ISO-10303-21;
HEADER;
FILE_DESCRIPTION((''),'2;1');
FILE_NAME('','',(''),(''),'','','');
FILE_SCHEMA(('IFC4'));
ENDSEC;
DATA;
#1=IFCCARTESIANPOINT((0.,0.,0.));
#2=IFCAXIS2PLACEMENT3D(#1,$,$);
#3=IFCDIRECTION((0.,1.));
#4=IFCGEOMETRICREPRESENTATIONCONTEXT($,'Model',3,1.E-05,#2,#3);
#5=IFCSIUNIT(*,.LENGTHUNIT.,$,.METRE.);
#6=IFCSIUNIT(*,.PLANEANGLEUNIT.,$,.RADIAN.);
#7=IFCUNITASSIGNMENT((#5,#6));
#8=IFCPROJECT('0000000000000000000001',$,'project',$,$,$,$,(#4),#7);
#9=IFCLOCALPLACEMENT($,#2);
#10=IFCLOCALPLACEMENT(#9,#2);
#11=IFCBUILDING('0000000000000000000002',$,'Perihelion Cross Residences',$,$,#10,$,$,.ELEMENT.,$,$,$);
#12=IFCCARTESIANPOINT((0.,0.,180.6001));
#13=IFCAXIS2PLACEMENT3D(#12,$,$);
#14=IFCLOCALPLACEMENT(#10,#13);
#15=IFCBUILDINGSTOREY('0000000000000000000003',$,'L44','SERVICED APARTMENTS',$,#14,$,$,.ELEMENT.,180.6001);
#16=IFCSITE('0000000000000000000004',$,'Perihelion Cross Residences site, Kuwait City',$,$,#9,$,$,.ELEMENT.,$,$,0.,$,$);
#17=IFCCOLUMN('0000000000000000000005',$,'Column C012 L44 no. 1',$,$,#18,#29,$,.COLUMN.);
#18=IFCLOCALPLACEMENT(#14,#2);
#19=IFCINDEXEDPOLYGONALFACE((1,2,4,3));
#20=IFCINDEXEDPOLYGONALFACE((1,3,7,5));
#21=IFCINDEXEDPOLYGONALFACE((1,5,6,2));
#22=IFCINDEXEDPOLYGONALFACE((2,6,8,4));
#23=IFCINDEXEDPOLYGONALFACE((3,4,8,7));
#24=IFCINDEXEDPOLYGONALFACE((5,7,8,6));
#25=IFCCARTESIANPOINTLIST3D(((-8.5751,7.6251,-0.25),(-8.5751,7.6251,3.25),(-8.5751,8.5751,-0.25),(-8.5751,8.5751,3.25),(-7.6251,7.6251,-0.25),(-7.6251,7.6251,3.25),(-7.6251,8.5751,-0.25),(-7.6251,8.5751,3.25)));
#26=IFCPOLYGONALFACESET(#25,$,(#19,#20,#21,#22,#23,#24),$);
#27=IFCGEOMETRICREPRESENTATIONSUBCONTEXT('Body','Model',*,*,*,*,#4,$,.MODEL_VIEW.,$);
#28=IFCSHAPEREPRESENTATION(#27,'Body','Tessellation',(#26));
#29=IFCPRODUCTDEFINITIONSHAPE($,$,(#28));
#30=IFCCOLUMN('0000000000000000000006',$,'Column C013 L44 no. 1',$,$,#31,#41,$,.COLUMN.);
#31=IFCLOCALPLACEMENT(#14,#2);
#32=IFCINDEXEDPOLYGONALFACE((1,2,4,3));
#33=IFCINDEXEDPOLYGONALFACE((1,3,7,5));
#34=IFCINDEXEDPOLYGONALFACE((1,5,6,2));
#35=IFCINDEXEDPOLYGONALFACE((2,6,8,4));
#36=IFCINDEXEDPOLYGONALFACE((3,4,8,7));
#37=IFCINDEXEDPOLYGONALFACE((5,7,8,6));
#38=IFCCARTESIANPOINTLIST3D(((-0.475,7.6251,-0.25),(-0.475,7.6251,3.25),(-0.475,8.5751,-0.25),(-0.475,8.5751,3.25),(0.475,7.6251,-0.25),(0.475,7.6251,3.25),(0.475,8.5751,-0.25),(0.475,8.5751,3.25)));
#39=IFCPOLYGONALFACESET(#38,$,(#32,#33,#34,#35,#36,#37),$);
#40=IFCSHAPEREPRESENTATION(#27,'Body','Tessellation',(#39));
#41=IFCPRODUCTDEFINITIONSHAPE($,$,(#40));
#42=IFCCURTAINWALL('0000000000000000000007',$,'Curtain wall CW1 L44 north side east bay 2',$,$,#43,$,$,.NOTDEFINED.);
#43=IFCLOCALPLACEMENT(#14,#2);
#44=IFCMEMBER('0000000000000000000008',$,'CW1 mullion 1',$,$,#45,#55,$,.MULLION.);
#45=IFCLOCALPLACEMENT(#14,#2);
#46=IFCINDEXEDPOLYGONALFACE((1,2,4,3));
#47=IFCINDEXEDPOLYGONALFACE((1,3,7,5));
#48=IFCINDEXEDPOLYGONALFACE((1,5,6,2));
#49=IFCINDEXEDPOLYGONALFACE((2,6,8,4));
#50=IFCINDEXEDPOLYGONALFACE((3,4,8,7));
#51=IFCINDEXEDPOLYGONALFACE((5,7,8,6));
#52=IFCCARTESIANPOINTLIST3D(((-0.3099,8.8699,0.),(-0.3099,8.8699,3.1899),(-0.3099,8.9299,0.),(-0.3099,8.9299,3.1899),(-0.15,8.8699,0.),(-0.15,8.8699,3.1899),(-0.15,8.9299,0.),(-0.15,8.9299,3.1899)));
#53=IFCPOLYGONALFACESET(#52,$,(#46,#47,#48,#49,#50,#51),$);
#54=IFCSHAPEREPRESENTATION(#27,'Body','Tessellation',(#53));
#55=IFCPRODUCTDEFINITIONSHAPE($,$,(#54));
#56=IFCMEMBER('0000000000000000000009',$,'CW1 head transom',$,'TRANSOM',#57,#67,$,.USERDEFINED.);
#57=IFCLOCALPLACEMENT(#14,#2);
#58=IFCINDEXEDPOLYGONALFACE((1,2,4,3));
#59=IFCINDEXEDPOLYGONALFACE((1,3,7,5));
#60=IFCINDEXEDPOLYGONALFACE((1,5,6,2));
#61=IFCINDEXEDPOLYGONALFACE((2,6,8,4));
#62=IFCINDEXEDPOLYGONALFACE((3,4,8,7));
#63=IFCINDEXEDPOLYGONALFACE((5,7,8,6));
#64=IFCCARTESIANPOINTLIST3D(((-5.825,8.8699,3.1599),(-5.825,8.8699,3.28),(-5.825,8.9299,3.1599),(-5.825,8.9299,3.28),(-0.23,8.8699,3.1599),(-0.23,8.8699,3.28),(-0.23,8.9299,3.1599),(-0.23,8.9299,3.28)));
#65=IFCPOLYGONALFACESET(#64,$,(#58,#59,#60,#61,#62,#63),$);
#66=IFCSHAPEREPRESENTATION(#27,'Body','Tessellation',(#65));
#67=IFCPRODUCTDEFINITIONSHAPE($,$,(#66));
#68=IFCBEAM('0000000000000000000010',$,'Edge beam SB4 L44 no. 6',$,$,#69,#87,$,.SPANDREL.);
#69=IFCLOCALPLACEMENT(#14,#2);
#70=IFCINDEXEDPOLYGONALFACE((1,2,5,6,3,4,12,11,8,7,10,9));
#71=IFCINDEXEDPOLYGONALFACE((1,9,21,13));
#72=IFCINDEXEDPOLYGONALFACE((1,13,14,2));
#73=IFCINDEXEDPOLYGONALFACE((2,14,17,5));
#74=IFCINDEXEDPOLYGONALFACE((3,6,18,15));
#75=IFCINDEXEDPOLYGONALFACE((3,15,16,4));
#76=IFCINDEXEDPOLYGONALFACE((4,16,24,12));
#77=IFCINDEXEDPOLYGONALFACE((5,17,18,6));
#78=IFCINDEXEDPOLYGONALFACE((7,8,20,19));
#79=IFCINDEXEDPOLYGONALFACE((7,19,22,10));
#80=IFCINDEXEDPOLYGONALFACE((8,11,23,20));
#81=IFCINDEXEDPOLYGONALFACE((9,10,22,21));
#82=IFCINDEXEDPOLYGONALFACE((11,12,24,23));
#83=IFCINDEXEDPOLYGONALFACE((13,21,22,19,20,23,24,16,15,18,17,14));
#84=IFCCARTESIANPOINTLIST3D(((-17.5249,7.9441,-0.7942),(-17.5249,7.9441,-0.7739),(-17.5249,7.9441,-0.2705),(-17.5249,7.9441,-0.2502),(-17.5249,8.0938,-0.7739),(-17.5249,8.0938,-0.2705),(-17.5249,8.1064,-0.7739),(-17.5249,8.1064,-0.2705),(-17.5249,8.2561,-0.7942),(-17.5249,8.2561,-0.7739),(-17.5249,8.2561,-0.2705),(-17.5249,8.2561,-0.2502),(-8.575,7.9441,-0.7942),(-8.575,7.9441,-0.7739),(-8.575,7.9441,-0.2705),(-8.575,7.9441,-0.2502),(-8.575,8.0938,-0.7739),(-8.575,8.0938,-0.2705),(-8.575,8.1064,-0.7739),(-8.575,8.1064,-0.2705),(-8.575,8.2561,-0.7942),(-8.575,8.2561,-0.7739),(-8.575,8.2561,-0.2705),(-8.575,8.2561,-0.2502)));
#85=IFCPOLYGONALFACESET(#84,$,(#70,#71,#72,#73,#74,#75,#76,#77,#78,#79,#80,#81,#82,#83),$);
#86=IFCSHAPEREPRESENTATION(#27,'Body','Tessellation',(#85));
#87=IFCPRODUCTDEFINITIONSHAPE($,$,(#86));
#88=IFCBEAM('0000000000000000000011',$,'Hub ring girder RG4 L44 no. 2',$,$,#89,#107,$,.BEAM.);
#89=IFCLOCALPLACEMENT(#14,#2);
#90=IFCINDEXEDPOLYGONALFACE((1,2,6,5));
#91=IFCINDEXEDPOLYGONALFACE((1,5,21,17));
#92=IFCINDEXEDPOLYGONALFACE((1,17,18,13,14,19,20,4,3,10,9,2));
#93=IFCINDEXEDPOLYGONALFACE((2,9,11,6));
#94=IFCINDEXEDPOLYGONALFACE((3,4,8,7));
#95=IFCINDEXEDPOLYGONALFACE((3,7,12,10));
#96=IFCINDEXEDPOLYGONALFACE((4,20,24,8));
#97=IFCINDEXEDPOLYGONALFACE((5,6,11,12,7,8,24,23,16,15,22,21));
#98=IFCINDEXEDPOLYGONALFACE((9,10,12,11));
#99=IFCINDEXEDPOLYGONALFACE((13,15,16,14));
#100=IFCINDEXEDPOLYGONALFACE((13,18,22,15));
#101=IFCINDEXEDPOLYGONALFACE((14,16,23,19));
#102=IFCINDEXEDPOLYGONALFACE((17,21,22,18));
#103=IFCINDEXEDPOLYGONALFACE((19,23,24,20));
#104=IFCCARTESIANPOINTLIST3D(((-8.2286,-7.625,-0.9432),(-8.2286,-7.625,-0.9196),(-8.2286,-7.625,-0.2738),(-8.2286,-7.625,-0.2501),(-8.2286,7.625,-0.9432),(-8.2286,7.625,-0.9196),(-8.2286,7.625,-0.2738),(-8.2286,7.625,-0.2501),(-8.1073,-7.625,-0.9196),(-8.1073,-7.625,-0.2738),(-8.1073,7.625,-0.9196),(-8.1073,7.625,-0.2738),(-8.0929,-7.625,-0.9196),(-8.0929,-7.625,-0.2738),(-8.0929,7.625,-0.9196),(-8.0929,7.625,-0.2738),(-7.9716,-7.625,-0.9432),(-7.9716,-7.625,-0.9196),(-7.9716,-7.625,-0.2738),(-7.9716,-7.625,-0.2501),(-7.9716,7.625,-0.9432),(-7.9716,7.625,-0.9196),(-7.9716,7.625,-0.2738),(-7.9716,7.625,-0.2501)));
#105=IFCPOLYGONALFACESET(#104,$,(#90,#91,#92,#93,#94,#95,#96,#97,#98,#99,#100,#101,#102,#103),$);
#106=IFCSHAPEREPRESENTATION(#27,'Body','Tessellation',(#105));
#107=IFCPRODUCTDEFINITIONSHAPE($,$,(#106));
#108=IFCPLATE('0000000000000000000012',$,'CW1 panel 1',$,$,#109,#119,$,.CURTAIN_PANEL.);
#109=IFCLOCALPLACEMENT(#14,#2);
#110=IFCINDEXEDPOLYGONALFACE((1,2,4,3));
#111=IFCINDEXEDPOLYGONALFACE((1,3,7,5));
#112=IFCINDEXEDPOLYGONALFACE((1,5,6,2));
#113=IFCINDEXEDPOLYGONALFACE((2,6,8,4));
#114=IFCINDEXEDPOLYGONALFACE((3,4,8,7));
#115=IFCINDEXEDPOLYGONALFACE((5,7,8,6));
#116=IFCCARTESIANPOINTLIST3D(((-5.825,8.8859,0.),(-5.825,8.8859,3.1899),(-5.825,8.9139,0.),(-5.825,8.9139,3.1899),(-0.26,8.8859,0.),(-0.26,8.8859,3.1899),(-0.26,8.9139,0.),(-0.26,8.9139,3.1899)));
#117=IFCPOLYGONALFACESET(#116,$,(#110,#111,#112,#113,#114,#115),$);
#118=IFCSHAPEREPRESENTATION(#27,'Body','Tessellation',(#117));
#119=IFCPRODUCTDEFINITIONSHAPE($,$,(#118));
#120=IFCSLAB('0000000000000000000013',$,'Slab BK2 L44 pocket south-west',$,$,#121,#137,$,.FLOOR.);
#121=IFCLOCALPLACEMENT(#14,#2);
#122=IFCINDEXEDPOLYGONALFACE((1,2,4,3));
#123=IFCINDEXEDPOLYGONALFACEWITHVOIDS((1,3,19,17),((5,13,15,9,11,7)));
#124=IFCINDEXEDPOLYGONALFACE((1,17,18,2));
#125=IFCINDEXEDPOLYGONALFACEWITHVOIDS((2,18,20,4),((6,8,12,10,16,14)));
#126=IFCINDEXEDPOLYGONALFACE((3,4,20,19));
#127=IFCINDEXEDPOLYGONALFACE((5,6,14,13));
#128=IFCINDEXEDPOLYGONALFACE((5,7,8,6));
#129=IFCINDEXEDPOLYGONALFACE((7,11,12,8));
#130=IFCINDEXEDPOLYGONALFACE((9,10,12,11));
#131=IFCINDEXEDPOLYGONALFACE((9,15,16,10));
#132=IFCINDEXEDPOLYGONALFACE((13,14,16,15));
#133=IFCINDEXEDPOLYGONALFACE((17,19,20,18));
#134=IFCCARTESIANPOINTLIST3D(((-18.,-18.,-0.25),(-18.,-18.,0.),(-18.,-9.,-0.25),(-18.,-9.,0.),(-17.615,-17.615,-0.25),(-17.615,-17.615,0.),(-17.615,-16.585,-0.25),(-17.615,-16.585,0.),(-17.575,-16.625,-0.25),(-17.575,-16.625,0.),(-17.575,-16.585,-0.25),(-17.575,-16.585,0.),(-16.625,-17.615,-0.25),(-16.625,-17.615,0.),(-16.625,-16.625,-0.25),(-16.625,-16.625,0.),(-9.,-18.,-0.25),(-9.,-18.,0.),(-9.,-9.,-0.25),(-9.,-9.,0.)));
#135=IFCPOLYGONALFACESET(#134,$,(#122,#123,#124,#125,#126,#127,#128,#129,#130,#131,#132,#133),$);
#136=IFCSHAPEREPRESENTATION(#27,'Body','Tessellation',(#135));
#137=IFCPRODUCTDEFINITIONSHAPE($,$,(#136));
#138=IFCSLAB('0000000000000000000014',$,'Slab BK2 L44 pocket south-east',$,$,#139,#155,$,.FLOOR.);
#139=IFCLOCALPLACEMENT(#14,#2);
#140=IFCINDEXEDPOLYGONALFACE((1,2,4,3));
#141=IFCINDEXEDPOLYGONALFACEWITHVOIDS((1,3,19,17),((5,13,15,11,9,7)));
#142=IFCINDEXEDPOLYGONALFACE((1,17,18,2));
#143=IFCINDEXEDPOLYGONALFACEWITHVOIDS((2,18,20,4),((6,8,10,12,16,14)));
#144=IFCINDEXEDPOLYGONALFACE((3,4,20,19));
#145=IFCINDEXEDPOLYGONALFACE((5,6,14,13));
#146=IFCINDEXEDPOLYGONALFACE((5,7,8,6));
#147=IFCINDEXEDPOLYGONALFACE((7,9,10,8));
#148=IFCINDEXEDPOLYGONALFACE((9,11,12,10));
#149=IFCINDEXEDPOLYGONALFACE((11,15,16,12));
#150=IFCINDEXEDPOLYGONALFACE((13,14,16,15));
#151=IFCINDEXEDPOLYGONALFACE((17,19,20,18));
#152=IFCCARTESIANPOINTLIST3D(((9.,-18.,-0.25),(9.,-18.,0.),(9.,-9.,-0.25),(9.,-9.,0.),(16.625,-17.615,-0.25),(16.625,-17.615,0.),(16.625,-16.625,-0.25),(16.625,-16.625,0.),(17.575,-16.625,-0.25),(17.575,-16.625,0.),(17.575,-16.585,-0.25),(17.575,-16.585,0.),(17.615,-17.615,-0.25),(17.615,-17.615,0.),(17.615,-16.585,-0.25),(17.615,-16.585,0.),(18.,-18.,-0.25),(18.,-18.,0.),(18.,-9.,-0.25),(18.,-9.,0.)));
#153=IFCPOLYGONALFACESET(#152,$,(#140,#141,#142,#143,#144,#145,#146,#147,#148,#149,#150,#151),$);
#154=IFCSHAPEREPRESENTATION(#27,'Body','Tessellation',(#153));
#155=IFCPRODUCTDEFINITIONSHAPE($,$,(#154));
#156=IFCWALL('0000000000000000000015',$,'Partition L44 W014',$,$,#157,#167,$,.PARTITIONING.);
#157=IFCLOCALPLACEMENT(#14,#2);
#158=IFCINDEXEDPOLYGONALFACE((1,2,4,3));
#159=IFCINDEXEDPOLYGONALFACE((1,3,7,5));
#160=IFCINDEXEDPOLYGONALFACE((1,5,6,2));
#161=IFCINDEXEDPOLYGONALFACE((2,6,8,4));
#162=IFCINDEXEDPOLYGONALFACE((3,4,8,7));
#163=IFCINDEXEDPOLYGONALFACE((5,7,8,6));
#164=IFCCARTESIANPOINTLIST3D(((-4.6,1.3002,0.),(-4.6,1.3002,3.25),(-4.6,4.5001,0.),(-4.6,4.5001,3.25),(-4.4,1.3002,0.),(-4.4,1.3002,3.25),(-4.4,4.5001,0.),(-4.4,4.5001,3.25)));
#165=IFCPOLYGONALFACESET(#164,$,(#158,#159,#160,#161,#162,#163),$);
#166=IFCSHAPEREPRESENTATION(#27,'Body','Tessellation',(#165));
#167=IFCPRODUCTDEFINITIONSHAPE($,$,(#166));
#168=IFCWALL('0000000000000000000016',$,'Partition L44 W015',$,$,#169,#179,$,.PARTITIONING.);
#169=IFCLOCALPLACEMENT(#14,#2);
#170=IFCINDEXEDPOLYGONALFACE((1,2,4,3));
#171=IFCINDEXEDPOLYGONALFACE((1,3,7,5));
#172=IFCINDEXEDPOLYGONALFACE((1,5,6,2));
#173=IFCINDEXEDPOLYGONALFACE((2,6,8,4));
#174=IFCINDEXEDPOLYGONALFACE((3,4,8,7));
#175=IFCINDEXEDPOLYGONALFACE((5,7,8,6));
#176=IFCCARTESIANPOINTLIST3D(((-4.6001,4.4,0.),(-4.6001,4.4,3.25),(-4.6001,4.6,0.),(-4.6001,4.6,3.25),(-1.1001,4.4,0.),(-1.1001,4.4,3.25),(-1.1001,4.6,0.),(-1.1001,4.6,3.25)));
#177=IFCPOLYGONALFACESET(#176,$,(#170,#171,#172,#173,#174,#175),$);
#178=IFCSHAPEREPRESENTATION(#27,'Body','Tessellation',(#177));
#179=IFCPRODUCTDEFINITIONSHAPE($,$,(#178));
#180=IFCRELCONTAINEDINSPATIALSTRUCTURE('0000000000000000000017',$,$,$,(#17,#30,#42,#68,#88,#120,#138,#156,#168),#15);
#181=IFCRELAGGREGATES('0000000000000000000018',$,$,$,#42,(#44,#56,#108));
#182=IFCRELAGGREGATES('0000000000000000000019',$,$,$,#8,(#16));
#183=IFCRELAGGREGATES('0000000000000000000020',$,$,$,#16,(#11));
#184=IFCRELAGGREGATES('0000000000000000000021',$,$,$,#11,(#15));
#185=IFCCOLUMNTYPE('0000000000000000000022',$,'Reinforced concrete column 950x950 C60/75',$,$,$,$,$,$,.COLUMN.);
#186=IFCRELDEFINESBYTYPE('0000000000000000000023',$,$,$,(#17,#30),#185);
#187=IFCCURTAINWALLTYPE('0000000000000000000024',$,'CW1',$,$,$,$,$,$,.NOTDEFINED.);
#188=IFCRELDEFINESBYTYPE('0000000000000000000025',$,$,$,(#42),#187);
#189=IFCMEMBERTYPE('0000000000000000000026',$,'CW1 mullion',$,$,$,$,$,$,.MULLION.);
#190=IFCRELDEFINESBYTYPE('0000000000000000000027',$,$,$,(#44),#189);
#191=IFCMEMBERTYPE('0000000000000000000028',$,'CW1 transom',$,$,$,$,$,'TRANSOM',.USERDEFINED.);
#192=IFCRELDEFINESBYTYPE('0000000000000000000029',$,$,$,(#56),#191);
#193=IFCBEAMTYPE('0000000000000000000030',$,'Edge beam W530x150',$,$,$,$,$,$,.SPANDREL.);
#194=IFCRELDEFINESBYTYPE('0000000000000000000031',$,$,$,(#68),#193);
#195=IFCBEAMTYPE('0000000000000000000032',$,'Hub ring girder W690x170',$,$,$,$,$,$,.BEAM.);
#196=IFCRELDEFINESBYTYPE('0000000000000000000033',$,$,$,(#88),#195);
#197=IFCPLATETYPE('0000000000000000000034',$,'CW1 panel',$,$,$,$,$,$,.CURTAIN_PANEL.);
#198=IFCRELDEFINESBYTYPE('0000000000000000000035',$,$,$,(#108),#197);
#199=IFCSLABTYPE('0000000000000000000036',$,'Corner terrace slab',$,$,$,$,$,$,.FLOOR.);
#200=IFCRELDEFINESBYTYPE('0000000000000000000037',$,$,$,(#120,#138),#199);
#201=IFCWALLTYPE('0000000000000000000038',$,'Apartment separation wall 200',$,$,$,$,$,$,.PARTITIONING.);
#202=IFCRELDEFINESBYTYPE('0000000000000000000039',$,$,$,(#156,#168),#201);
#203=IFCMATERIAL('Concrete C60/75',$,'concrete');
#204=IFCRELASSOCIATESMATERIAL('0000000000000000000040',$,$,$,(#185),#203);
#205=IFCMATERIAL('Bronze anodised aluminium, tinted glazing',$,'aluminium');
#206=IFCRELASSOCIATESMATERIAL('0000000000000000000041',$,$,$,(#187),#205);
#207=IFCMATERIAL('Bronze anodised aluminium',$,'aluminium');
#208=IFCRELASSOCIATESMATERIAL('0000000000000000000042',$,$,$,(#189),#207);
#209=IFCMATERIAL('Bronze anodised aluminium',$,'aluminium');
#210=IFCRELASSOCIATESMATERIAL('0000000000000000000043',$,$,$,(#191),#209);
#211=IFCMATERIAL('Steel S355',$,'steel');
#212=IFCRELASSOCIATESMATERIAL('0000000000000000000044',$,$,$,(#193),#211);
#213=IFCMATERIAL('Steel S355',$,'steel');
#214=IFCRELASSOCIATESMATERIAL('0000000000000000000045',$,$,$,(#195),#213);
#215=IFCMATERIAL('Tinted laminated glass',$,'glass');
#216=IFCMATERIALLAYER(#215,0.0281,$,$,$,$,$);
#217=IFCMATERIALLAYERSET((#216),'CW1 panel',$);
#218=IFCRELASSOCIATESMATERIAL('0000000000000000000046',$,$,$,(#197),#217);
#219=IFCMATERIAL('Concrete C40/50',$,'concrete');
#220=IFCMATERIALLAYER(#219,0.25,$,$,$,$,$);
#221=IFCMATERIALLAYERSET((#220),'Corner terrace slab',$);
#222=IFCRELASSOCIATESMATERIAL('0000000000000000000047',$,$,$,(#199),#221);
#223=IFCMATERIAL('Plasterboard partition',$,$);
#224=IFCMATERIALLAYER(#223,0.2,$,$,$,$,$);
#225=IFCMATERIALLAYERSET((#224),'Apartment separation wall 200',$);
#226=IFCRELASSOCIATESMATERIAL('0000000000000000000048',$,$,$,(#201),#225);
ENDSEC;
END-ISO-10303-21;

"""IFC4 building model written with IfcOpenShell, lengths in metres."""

from ifc_helpers import new_model, si_unit, direction, frame, frame_2d, origin, origin_2d, place, context, subcontext, project, spatial, polyline, rectangle, i_section, outline, extrude, material, layer, layer_set, material_profile, profile_set, type_object, element, aggregate, save


model = new_model("IFC4")

# Units and contexts
model_context = context("Model", 3, precision=1e-05, world=origin(), true_north=direction((0.0, 1.0)))
body_context = subcontext(model_context, "Body", "Model", "MODEL_VIEW")
ifc_project = project(units=[si_unit("LENGTHUNIT", "METRE"), si_unit("PLANEANGLEUNIT", "RADIAN")], contexts=[model_context])

# Site, building, storey
site_placement = place(None, origin())
site = spatial("IfcSite", under=ifc_project, at=site_placement, Name="Perihelion Cross Residences site, Kuwait City", CompositionType="ELEMENT", RefElevation=0.0)
building_placement = place(site_placement, origin())
building = spatial("IfcBuilding", under=site, at=building_placement, Name="Perihelion Cross Residences", CompositionType="ELEMENT")
storey_placement = place(building_placement, frame((0.0, 0.0, 180.6001)))
storey = spatial("IfcBuildingStorey", under=building, at=storey_placement, Name="L44", Description="SERVICED APARTMENTS", CompositionType="ELEMENT", Elevation=180.6001)

# Columns
ifc_material_1 = material(Name="Concrete C60/75", Category="concrete")
ifc_material_profile_1 = material_profile(ifc_material_1, rectangle(XDim=0.95, YDim=0.95, at=origin_2d()), Name="RC 950x950")
ifc_profile_set_1 = profile_set([ifc_material_profile_1], Name="Concrete C60/75")
column_type = type_object("IfcColumnType", Name="Reinforced concrete column 950x950 C60/75", PredefinedType="COLUMN", material=ifc_profile_set_1)
for number, where, z_axis, x_axis, name in (
    (1, (-8.1001, 8.1001, -0.25), (0.0, 0.0, 1.0), (1.0, 0.0, 0.0), "Column C012 L44 no. 1"),
    (2, (0.0, 8.1001, -0.25), (0.0, 0.0, 1.0), (1.0, 0.0, 0.0), "Column C013 L44 no. 1"),
):
    element("IfcColumn", number, at=place(storey_placement, frame(where, z_axis=z_axis, x_axis=x_axis)), inside=storey, type_object=column_type, Name=name, PredefinedType="COLUMN", context=body_context, shape_type="SweptSolid", body=[
        extrude(rectangle(XDim=0.95, YDim=0.95, at=origin_2d()), origin(), (0.0, 0.0, 1.0), 3.5),
    ])

# Curtain wall, members
ifc_material_2 = material(Name="Bronze anodised aluminium, tinted glazing", Category="aluminium")
curtain_wall_type = type_object("IfcCurtainWallType", Name="CW1", PredefinedType="NOTDEFINED", material=ifc_material_2)
curtain_wall_placement = place(storey_placement, origin())
curtain_wall = element("IfcCurtainWall", 3, at=curtain_wall_placement, inside=storey, type_object=curtain_wall_type, Name="Curtain wall CW1 L44 north side east bay 2", PredefinedType="NOTDEFINED")
ifc_material_3 = material(Name="Bronze anodised aluminium", Category="aluminium")
ifc_material_profile_2 = material_profile(ifc_material_3, rectangle(XDim=0.0601, YDim=0.1599, at=origin_2d()), Name="CW1 mullion")
ifc_profile_set_2 = profile_set([ifc_material_profile_2], Name="Bronze anodised aluminium")
member_type_1 = type_object("IfcMemberType", Name="CW1 mullion", PredefinedType="MULLION", material=ifc_profile_set_2)
member_1_placement = place(storey_placement, frame((-0.23, 8.8999, 0.0), z_axis=(0.0, 0.0, 1.0), x_axis=(0.0, -1.0, 0.0)))
member_1 = element("IfcMember", 4, at=member_1_placement, type_object=member_type_1, Name="CW1 mullion 1", PredefinedType="MULLION", context=body_context, shape_type="SweptSolid", body=[
    extrude(rectangle(XDim=0.0601, YDim=0.1599, at=origin_2d()), origin(), (0.0, 0.0, 1.0), 3.1899),
])
ifc_material_4 = material(Name="Bronze anodised aluminium", Category="aluminium")
ifc_material_profile_3 = material_profile(ifc_material_4, rectangle(XDim=0.0601, YDim=0.1201, at=origin_2d()), Name="CW1 transom")
ifc_profile_set_3 = profile_set([ifc_material_profile_3], Name="Bronze anodised aluminium")
member_type_2 = type_object("IfcMemberType", Name="CW1 transom", ElementType="TRANSOM", PredefinedType="USERDEFINED", material=ifc_profile_set_3)
member_2_placement = place(storey_placement, frame((-0.23, 8.8999, 3.22), z_axis=(-1.0, 0.0, 0.0), x_axis=(0.0, -1.0, 0.0)))
member_2 = element("IfcMember", 5, at=member_2_placement, type_object=member_type_2, Name="CW1 head transom", ObjectType="TRANSOM", PredefinedType="USERDEFINED", context=body_context, shape_type="SweptSolid", body=[
    extrude(rectangle(XDim=0.0601, YDim=0.1201, at=origin_2d()), origin(), (0.0, 0.0, 1.0), 5.595),
])

# Beams
ifc_material_5 = material(Name="Steel S355", Category="steel")
ifc_material_profile_4 = material_profile(ifc_material_5, i_section(OverallWidth=0.312, OverallDepth=0.5439, WebThickness=0.0127, FlangeThickness=0.0203, at=origin_2d()), Name="W530x150")
ifc_profile_set_4 = profile_set([ifc_material_profile_4], Name="Steel S355")
beam_type_1 = type_object("IfcBeamType", Name="Edge beam W530x150", PredefinedType="SPANDREL", material=ifc_profile_set_4)
beam_1_placement = place(storey_placement, frame((-8.575, 8.1001, -0.5222), z_axis=(-1.0, 0.0, 0.0), x_axis=(0.0, -1.0, 0.0)))
element("IfcBeam", 6, at=beam_1_placement, inside=storey, type_object=beam_type_1, Name="Edge beam SB4 L44 no. 6", PredefinedType="SPANDREL", context=body_context, shape_type="SweptSolid", body=[
    extrude(i_section(OverallWidth=0.312, OverallDepth=0.5439, WebThickness=0.0127, FlangeThickness=0.0203, at=origin_2d()), origin(), (0.0, 0.0, 1.0), 8.95),
])
ifc_material_6 = material(Name="Steel S355", Category="steel")
ifc_material_profile_5 = material_profile(ifc_material_6, i_section(OverallWidth=0.2571, OverallDepth=0.6931, WebThickness=0.0144, FlangeThickness=0.0237, at=origin_2d()), Name="W690x170")
ifc_profile_set_5 = profile_set([ifc_material_profile_5], Name="Steel S355")
beam_type_2 = type_object("IfcBeamType", Name="Hub ring girder W690x170", PredefinedType="BEAM", material=ifc_profile_set_5)
beam_2_placement = place(storey_placement, frame((-8.1001, 7.625, -0.5967), z_axis=(0.0, -1.0, 0.0), x_axis=(1.0, 0.0, 0.0)))
element("IfcBeam", 7, at=beam_2_placement, inside=storey, type_object=beam_type_2, Name="Hub ring girder RG4 L44 no. 2", PredefinedType="BEAM", context=body_context, shape_type="SweptSolid", body=[
    extrude(i_section(OverallWidth=0.2571, OverallDepth=0.6931, WebThickness=0.0144, FlangeThickness=0.0237, at=origin_2d()), origin(), (0.0, 0.0, 1.0), 15.25),
])

# Plate
ifc_material_7 = material(Name="Tinted laminated glass", Category="glass")
ifc_layer_1 = layer(ifc_material_7, 0.0281)
ifc_layer_set_1 = layer_set([ifc_layer_1], Name="CW1 panel")
plate_type = type_object("IfcPlateType", Name="CW1 panel", PredefinedType="CURTAIN_PANEL", material=ifc_layer_set_1)
plate_placement = place(storey_placement, frame((-3.0425, 8.8999, 0.0), z_axis=(0.0, 0.0, 1.0), x_axis=(-1.0, 0.0, 0.0)))
plate = element("IfcPlate", 8, at=plate_placement, type_object=plate_type, Name="CW1 panel 1", PredefinedType="CURTAIN_PANEL", context=body_context, shape_type="SweptSolid", body=[
    extrude(rectangle(XDim=5.5649, YDim=0.0281, at=origin_2d()), origin(), (0.0, 0.0, 1.0), 3.1899),
])
aggregate(curtain_wall, [member_1, member_2, plate])

# Slabs
ifc_material_8 = material(Name="Concrete C40/50", Category="concrete")
ifc_layer_2 = layer(ifc_material_8, 0.25)
ifc_layer_set_2 = layer_set([ifc_layer_2], Name="Corner terrace slab")
slab_type = type_object("IfcSlabType", Name="Corner terrace slab", PredefinedType="FLOOR", material=ifc_layer_set_2)
slab_1_placement = place(storey_placement, frame((0.0, 0.0, -0.25)))
element("IfcSlab", 9, at=slab_1_placement, inside=storey, type_object=slab_type, Name="Slab BK2 L44 pocket south-west", PredefinedType="FLOOR", context=body_context, shape_type="SweptSolid", body=[
    extrude(outline(polyline([(-9.0, -18.0), (-9.0, -9.0), (-18.0, -9.0), (-18.0, -18.0), (-9.0, -18.0)]), holes=[polyline([(-16.625, -17.615), (-17.615, -17.615), (-17.615, -16.585), (-17.575, -16.585), (-17.575, -16.625), (-16.625, -16.625), (-16.625, -17.615)])]), origin(), (0.0, 0.0, 1.0), 0.25),
])
slab_2_placement = place(storey_placement, frame((0.0, 0.0, -0.25)))
element("IfcSlab", 10, at=slab_2_placement, inside=storey, type_object=slab_type, Name="Slab BK2 L44 pocket south-east", PredefinedType="FLOOR", context=body_context, shape_type="SweptSolid", body=[
    extrude(outline(polyline([(18.0, -18.0), (18.0, -9.0), (9.0, -9.0), (9.0, -18.0), (18.0, -18.0)]), holes=[polyline([(16.625, -17.615), (16.625, -16.625), (17.575, -16.625), (17.575, -16.585), (17.615, -16.585), (17.615, -17.615), (16.625, -17.615)])]), origin(), (0.0, 0.0, 1.0), 0.25),
])

# Walls
ifc_material_9 = material(Name="Plasterboard partition")
ifc_layer_3 = layer(ifc_material_9, 0.2)
ifc_layer_set_3 = layer_set([ifc_layer_3], Name="Apartment separation wall 200")
wall_type_1 = type_object("IfcWallType", Name="Apartment separation wall 200", PredefinedType="PARTITIONING", material=ifc_layer_set_3)
wall_1_placement = place(storey_placement, frame((-4.5, 1.3, 0.0), z_axis=(0.0, 0.0, 1.0), x_axis=(0.0, 1.0, 0.0)))
element("IfcWall", 11, at=wall_1_placement, inside=storey, type_object=wall_type_1, Name="Partition L44 W014", PredefinedType="PARTITIONING", context=body_context, shape_type="SweptSolid", body=[
    extrude(rectangle(XDim=3.2, YDim=0.2, at=frame_2d((1.6001, 0.0))), origin(), (0.0, 0.0, 1.0), 3.25),
])
wall_2_placement = place(storey_placement, frame((-4.6001, 4.5, 0.0), z_axis=(0.0, 0.0, 1.0), x_axis=(1.0, 0.0, 0.0)))
element("IfcWall", 12, at=wall_2_placement, inside=storey, type_object=wall_type_1, Name="Partition L44 W015", PredefinedType="PARTITIONING", context=body_context, shape_type="SweptSolid", body=[
    extrude(rectangle(XDim=3.5, YDim=0.2, at=frame_2d((1.75, 0.0))), origin(), (0.0, 0.0, 1.0), 3.25),
])

save(model, "model.ifc")
